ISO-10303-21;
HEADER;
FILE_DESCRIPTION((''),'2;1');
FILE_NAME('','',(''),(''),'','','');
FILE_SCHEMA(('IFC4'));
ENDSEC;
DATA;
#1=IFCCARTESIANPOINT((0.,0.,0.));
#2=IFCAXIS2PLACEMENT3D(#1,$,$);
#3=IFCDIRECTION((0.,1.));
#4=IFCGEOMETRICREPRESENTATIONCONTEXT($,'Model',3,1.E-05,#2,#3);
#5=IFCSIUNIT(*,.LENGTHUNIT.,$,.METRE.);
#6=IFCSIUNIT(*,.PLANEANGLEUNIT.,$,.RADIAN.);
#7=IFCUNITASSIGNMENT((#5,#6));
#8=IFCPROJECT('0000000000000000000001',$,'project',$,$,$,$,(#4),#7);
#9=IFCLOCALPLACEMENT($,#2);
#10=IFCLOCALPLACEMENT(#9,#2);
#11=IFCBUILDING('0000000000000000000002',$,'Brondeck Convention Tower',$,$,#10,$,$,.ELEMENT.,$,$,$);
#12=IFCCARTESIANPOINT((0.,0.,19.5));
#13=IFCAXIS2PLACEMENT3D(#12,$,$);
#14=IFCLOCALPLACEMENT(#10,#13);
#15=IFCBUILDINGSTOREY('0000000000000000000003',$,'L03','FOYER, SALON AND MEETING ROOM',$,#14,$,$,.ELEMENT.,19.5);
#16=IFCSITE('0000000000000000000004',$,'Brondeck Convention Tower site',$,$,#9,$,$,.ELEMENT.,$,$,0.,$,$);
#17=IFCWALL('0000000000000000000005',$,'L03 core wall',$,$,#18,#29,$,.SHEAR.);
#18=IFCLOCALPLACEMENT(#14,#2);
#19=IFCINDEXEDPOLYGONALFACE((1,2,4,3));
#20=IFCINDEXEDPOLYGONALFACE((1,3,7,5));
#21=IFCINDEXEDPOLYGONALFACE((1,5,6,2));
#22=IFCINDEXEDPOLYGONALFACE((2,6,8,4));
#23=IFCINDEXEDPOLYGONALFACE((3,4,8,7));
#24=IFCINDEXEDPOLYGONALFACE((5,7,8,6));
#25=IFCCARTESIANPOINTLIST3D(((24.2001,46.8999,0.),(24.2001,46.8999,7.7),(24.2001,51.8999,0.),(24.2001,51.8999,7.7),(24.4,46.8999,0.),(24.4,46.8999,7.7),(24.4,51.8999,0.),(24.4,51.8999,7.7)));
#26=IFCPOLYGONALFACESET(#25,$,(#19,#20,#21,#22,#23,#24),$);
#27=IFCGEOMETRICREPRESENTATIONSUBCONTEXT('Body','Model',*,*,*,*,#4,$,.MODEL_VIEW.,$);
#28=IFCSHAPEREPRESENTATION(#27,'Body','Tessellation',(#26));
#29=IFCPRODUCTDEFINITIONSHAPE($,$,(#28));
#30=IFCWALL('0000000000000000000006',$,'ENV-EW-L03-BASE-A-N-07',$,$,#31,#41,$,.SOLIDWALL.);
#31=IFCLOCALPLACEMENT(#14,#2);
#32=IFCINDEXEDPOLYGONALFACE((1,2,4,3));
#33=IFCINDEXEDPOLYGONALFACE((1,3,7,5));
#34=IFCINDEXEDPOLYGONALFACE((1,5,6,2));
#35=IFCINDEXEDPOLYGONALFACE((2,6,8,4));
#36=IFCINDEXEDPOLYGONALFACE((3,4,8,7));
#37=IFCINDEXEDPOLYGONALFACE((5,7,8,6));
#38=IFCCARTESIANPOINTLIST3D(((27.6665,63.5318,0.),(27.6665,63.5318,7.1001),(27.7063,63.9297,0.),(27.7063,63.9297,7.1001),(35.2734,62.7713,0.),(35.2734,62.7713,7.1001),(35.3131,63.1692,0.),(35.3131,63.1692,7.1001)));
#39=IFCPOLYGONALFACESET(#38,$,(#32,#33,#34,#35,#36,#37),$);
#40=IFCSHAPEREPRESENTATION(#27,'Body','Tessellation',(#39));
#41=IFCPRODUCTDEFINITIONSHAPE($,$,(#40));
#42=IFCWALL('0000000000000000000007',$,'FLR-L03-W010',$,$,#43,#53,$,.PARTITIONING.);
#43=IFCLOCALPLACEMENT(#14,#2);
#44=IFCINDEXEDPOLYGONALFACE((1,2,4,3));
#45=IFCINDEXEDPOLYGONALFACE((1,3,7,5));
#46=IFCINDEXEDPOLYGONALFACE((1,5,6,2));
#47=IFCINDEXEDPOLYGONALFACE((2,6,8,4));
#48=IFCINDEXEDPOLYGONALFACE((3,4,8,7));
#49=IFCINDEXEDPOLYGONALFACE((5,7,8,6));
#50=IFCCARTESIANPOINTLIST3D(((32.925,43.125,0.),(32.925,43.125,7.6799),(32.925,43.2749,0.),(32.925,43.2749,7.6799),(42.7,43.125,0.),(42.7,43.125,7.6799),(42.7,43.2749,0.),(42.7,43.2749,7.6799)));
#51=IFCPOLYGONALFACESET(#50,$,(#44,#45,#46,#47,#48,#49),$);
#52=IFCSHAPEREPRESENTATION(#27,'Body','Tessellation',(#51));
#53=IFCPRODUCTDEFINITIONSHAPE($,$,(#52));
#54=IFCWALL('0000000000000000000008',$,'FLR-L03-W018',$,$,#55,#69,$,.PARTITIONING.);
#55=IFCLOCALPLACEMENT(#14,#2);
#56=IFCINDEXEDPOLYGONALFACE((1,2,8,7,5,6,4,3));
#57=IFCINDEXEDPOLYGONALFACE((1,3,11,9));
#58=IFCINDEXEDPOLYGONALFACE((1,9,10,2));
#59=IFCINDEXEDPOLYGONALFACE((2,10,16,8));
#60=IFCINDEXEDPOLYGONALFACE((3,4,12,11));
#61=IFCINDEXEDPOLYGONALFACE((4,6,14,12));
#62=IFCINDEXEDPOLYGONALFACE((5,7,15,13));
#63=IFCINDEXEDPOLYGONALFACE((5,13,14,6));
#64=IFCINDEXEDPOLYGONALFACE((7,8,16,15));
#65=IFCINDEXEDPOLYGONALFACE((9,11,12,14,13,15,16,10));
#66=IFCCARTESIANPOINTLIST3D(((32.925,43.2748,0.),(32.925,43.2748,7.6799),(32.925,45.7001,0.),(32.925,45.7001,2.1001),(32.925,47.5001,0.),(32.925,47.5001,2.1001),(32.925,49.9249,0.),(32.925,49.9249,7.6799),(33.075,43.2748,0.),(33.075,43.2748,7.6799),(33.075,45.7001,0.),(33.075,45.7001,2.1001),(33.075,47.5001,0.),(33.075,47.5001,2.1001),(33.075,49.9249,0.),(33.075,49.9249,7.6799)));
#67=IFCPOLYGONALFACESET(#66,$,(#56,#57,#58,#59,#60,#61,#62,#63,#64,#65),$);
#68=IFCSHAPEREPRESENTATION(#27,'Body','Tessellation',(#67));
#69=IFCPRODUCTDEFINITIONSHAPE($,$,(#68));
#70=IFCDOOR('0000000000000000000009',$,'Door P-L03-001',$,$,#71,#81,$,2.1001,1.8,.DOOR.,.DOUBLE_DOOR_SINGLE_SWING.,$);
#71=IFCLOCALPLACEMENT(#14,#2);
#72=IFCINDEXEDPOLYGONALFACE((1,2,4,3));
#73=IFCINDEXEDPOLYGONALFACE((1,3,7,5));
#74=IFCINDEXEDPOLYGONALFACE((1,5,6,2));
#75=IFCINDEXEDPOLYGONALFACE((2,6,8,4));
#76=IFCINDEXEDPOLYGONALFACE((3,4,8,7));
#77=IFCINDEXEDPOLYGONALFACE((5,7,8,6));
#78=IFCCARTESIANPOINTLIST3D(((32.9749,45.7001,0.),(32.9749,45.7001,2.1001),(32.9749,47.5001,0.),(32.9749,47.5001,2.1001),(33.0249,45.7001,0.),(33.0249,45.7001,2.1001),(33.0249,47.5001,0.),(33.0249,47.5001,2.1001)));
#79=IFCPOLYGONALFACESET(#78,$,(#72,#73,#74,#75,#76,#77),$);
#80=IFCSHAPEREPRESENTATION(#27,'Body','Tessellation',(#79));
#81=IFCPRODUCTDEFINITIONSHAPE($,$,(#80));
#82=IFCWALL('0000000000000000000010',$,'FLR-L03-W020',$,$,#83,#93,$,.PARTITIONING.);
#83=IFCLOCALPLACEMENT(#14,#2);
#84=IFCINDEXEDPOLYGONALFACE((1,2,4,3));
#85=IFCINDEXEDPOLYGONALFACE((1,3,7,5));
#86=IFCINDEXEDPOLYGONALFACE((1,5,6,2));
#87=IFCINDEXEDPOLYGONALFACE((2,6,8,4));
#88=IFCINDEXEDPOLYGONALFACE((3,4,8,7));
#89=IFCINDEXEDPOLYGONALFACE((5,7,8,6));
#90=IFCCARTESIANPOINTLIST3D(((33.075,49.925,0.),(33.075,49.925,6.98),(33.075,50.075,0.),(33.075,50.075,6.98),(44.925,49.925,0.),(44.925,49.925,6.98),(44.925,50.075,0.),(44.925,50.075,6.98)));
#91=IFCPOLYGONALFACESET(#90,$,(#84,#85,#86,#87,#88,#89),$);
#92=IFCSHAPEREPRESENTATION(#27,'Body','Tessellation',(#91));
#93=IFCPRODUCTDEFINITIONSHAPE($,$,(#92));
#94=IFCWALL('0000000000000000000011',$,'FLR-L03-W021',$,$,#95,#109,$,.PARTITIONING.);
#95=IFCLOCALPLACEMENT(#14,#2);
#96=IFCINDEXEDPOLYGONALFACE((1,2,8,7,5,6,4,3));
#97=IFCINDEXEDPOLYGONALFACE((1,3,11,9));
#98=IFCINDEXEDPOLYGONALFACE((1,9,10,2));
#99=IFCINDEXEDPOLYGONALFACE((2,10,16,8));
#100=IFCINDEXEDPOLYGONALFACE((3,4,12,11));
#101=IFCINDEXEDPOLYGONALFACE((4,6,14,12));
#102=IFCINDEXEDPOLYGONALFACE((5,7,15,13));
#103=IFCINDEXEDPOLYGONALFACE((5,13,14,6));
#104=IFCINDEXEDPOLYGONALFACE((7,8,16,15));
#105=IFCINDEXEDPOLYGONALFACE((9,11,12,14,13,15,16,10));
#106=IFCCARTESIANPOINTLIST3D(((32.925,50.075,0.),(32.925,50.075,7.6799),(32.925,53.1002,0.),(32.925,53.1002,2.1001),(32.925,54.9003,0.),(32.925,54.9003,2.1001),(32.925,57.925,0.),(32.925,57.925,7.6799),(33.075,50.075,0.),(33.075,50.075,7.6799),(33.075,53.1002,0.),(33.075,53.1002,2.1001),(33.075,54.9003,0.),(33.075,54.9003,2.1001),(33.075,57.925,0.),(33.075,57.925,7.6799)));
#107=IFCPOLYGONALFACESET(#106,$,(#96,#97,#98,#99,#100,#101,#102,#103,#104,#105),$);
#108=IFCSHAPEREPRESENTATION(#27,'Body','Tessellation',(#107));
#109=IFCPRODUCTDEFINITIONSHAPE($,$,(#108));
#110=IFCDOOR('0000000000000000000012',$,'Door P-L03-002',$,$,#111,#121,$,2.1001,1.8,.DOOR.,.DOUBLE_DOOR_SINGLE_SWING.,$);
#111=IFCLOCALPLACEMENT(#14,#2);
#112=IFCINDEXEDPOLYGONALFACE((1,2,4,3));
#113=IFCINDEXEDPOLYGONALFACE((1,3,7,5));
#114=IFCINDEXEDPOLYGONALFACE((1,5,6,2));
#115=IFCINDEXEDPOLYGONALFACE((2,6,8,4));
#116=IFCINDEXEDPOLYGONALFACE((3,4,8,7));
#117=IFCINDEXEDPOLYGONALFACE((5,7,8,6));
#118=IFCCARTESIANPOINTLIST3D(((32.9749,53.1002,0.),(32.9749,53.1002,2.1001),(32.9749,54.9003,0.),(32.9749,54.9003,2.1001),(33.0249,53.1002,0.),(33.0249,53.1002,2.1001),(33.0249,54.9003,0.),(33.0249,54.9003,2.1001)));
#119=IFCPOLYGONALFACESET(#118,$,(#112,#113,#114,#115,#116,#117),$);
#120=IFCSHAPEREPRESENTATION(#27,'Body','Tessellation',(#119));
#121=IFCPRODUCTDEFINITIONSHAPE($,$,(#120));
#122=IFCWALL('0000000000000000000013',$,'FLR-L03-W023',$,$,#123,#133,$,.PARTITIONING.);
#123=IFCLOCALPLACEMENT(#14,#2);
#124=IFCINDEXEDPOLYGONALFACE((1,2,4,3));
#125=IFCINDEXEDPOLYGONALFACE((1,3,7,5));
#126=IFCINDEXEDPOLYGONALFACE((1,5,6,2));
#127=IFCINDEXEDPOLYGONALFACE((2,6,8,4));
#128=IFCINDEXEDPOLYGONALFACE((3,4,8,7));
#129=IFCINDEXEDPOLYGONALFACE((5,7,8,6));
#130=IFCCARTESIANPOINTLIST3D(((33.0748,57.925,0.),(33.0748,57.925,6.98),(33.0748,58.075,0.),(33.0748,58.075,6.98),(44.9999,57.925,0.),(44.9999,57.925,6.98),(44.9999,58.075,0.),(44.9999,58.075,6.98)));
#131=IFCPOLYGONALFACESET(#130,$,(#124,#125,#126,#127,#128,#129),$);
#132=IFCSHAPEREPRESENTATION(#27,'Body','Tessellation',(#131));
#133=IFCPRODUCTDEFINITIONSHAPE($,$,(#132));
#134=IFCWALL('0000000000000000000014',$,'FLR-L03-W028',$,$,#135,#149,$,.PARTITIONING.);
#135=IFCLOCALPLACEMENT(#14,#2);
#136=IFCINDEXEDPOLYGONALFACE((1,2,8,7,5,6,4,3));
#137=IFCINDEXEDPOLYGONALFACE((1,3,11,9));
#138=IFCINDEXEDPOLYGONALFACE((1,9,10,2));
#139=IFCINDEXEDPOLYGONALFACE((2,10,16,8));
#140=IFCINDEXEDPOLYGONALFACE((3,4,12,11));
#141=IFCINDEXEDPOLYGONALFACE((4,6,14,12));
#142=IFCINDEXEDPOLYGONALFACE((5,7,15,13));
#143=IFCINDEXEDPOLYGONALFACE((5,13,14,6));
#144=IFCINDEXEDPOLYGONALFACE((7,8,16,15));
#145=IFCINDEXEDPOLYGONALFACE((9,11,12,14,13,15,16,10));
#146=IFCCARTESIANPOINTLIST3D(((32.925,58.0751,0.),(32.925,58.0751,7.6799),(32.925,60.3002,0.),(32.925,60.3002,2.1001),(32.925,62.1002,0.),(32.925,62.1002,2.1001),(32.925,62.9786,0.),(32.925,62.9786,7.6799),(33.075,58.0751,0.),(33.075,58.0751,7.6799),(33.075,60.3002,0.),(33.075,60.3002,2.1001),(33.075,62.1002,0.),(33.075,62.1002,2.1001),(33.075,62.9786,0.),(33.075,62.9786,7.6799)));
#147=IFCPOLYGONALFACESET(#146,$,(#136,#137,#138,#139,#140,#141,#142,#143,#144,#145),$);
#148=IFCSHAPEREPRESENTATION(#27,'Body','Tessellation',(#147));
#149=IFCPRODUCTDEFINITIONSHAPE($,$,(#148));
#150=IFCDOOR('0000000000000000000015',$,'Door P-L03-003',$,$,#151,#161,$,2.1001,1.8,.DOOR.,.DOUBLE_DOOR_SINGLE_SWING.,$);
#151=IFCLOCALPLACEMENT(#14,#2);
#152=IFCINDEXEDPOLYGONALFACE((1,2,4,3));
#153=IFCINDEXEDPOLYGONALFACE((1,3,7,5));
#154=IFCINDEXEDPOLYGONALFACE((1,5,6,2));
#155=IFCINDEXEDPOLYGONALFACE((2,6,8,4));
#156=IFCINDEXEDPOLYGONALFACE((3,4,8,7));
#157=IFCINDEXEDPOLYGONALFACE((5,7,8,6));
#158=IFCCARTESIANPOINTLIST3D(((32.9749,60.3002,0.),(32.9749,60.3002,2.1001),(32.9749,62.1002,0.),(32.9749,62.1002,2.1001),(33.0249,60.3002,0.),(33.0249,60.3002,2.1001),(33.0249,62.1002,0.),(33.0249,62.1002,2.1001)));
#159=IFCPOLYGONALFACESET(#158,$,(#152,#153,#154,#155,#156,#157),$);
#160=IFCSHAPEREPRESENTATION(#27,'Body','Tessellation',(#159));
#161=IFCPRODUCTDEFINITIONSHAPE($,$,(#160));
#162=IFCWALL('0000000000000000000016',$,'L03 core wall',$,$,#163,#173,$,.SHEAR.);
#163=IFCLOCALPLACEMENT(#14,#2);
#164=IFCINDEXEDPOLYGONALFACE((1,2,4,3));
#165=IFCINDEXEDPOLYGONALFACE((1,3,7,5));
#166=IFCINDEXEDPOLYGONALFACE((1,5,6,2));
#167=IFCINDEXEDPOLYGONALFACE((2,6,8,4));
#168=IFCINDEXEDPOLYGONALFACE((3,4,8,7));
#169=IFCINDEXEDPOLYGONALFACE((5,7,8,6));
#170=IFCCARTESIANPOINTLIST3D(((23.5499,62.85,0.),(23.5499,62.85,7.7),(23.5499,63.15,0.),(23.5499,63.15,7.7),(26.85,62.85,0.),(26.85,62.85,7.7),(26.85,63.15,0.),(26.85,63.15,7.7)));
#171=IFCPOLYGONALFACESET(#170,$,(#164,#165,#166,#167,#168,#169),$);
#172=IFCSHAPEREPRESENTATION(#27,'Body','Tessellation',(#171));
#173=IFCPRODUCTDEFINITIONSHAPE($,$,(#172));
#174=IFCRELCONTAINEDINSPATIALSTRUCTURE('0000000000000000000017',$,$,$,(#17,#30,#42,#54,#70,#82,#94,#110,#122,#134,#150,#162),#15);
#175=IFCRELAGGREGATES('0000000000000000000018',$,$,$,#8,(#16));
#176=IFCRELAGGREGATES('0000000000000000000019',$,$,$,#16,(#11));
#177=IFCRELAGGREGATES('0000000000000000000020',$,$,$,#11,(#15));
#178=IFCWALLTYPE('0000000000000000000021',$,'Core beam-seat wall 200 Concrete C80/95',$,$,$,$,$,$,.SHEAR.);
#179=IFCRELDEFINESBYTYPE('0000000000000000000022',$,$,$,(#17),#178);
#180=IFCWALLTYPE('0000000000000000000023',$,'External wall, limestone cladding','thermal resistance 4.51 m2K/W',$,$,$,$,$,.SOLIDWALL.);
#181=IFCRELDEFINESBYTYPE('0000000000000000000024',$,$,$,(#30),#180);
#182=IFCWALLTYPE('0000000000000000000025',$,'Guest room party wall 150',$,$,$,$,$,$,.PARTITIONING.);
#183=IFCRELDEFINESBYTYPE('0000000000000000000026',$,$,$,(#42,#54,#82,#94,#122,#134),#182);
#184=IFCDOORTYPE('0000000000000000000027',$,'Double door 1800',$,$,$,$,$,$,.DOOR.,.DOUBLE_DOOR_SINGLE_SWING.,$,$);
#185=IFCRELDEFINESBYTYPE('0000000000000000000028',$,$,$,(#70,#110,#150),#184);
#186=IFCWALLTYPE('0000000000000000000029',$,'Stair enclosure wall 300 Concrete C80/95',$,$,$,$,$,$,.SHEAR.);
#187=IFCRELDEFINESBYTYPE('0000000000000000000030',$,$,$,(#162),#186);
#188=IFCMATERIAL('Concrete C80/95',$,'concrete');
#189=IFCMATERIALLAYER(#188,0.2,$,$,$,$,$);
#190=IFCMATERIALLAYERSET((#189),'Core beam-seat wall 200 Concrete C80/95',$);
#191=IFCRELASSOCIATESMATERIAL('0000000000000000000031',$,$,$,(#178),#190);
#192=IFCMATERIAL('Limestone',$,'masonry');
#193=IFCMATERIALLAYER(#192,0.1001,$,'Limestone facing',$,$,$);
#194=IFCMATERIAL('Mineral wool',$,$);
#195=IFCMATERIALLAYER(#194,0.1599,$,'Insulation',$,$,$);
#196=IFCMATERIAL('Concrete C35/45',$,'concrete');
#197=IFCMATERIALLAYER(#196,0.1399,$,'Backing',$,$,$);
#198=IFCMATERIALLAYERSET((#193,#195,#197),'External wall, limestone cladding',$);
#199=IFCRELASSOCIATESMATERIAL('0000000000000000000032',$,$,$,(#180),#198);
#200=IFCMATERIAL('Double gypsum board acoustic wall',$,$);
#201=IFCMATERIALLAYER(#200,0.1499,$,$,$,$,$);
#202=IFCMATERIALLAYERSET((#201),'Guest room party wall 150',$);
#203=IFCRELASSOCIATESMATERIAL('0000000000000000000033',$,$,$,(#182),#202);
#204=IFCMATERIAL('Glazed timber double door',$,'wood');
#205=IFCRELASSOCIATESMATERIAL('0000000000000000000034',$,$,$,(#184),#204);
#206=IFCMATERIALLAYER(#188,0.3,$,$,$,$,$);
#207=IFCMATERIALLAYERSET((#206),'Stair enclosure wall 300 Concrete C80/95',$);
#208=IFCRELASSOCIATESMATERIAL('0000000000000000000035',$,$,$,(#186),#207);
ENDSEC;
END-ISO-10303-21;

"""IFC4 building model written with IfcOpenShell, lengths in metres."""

from ifc_helpers import new_model, si_unit, direction, frame, frame_2d, origin, place, context, subcontext, project, spatial, rectangle, extrude, material, layer, layer_set, type_object, element, fill, save


model = new_model("IFC4")

# Units and contexts
model_context = context("Model", 3, precision=1e-05, world=origin(), true_north=direction((0.0, 1.0)))
body_context = subcontext(model_context, "Body", "Model", "MODEL_VIEW")
ifc_project = project(units=[si_unit("LENGTHUNIT", "METRE"), si_unit("PLANEANGLEUNIT", "RADIAN")], contexts=[model_context])

# Site, building, storey
site_placement = place(None, origin())
site = spatial("IfcSite", under=ifc_project, at=site_placement, Name="Brondeck Convention Tower site", CompositionType="ELEMENT", RefElevation=0.0)
building_placement = place(site_placement, origin())
building = spatial("IfcBuilding", under=site, at=building_placement, Name="Brondeck Convention Tower", CompositionType="ELEMENT")
storey_placement = place(building_placement, frame((0.0, 0.0, 19.5)))
storey = spatial("IfcBuildingStorey", under=building, at=storey_placement, Name="L03", Description="FOYER, SALON AND MEETING ROOM", CompositionType="ELEMENT", Elevation=19.5)

# Shared definitions
ifc_material_1 = material(Name="Concrete C80/95", Category="concrete")

# Walls
ifc_layer_1 = layer(ifc_material_1, 0.2)
ifc_layer_set_1 = layer_set([ifc_layer_1], Name="Core beam-seat wall 200 Concrete C80/95")
wall_type_1 = type_object("IfcWallType", Name="Core beam-seat wall 200 Concrete C80/95", PredefinedType="SHEAR", material=ifc_layer_set_1)
wall_1_placement = place(storey_placement, frame((24.3, 46.8999, 0.0), z_axis=(0.0, 0.0, 1.0), x_axis=(0.0, 1.0, 0.0)))
element("IfcWall", 1, at=wall_1_placement, inside=storey, type_object=wall_type_1, Name="L03 core wall", PredefinedType="SHEAR", context=body_context, shape_type="SweptSolid", body=[
    extrude(rectangle(XDim=5.0, YDim=0.2, at=frame_2d((2.5, 0.0))), origin(), (0.0, 0.0, 1.0), 7.7),
])
ifc_material_2 = material(Name="Limestone", Category="masonry")
ifc_layer_2 = layer(ifc_material_2, 0.1001, Name="Limestone facing")
ifc_material_3 = material(Name="Mineral wool")
ifc_layer_3 = layer(ifc_material_3, 0.1599, Name="Insulation")
ifc_material_4 = material(Name="Concrete C35/45", Category="concrete")
ifc_layer_4 = layer(ifc_material_4, 0.1399, Name="Backing")
ifc_layer_set_2 = layer_set([ifc_layer_2, ifc_layer_3, ifc_layer_4], Name="External wall, limestone cladding")
wall_type_2 = type_object("IfcWallType", Name="External wall, limestone cladding", Description="thermal resistance 4.51 m2K/W", PredefinedType="SOLIDWALL", material=ifc_layer_set_2)
wall_2_placement = place(storey_placement, frame((27.6865, 63.7307, 0.0), z_axis=(0.0, 0.0, 1.0), x_axis=(0.99504, -0.099478, 0.0)))
element("IfcWall", 2, at=wall_2_placement, inside=storey, type_object=wall_type_2, Name="ENV-EW-L03-BASE-A-N-07", PredefinedType="SOLIDWALL", context=body_context, shape_type="SweptSolid", body=[
    extrude(rectangle(XDim=7.6448, YDim=0.3999, at=frame_2d((3.8223, 0.0))), origin(), (0.0, 0.0, 1.0), 7.1001),
])
ifc_material_5 = material(Name="Double gypsum board acoustic wall")
ifc_layer_5 = layer(ifc_material_5, 0.1499)
ifc_layer_set_3 = layer_set([ifc_layer_5], Name="Guest room party wall 150")
wall_type_3 = type_object("IfcWallType", Name="Guest room party wall 150", PredefinedType="PARTITIONING", material=ifc_layer_set_3)
wall_3_placement = place(storey_placement, frame((32.925, 43.2, 0.0), z_axis=(0.0, 0.0, 1.0), x_axis=(1.0, 0.0, 0.0)))
element("IfcWall", 3, at=wall_3_placement, inside=storey, type_object=wall_type_3, Name="FLR-L03-W010", PredefinedType="PARTITIONING", context=body_context, shape_type="SweptSolid", body=[
    extrude(rectangle(XDim=9.7749, YDim=0.1499, at=frame_2d((4.8875, 0.0))), origin(), (0.0, 0.0, 1.0), 7.6799),
])

# Wall, opening, door
wall_4_placement = place(storey_placement, frame((33.0, 49.925, 0.0), z_axis=(0.0, 0.0, 1.0), x_axis=(0.0, -1.0, 0.0)))
wall_4 = element("IfcWall", 4, at=wall_4_placement, inside=storey, type_object=wall_type_3, Name="FLR-L03-W018", PredefinedType="PARTITIONING", context=body_context, shape_type="SweptSolid", body=[
    extrude(rectangle(XDim=6.6501, YDim=0.1499, at=frame_2d((3.3252, 0.0))), origin(), (0.0, 0.0, 1.0), 7.6799),
])
opening_1_placement = place(wall_4_placement, frame((2.425, 0.0, 0.0)))
opening_1 = element("IfcOpeningElement", 5, at=opening_1_placement, cuts=wall_4, PredefinedType="OPENING", context=body_context, shape_type="SweptSolid", body=[
    extrude(rectangle(XDim=1.8, YDim=2.1001, at=frame_2d((0.8999, 1.05))), frame((0.0, 0.085, 0.0), z_axis=(0.0, -1.0, 0.0), x_axis=(1.0, 0.0, 0.0)), (0.0, 0.0, 1.0), 0.1699),
])
ifc_material_6 = material(Name="Glazed timber double door", Category="wood")
door_type_1 = type_object("IfcDoorType", Name="Double door 1800", OperationType="DOUBLE_DOOR_SINGLE_SWING", PredefinedType="DOOR", material=ifc_material_6)
door_1_placement = place(opening_1_placement, origin())
door_1 = element("IfcDoor", 6, at=door_1_placement, inside=storey, type_object=door_type_1, Name="Door P-L03-001", OperationType="DOUBLE_DOOR_SINGLE_SWING", OverallHeight=2.1001, OverallWidth=1.8, PredefinedType="DOOR", context=body_context, shape_type="SweptSolid", body=[
    extrude(rectangle(XDim=1.8, YDim=2.1001, at=frame_2d((0.8999, 1.05))), frame((0.0, 0.0249, 0.0), z_axis=(0.0, -1.0, 0.0), x_axis=(1.0, 0.0, 0.0)), (0.0, 0.0, 1.0), 0.05),
])
fill(opening_1, door_1)

# Wall
wall_5_placement = place(storey_placement, frame((33.075, 50.0, 0.0), z_axis=(0.0, 0.0, 1.0), x_axis=(1.0, 0.0, 0.0)))
element("IfcWall", 7, at=wall_5_placement, inside=storey, type_object=wall_type_3, Name="FLR-L03-W020", PredefinedType="PARTITIONING", context=body_context, shape_type="SweptSolid", body=[
    extrude(rectangle(XDim=11.8501, YDim=0.1499, at=frame_2d((5.925, 0.0))), origin(), (0.0, 0.0, 1.0), 6.98),
])

# Wall, opening, door
wall_6_placement = place(storey_placement, frame((33.0, 57.925, 0.0), z_axis=(0.0, 0.0, 1.0), x_axis=(0.0, -1.0, 0.0)))
wall_6 = element("IfcWall", 8, at=wall_6_placement, inside=storey, type_object=wall_type_3, Name="FLR-L03-W021", PredefinedType="PARTITIONING", context=body_context, shape_type="SweptSolid", body=[
    extrude(rectangle(XDim=7.8501, YDim=0.1499, at=frame_2d((3.925, 0.0))), origin(), (0.0, 0.0, 1.0), 7.6799),
])
opening_2_placement = place(wall_6_placement, frame((3.0249, 0.0, 0.0)))
opening_2 = element("IfcOpeningElement", 9, at=opening_2_placement, cuts=wall_6, PredefinedType="OPENING", context=body_context, shape_type="SweptSolid", body=[
    extrude(rectangle(XDim=1.8, YDim=2.1001, at=frame_2d((0.8999, 1.05))), frame((0.0, 0.085, 0.0), z_axis=(0.0, -1.0, 0.0), x_axis=(1.0, 0.0, 0.0)), (0.0, 0.0, 1.0), 0.1699),
])
door_2_placement = place(opening_2_placement, origin())
door_2 = element("IfcDoor", 10, at=door_2_placement, inside=storey, type_object=door_type_1, Name="Door P-L03-002", OperationType="DOUBLE_DOOR_SINGLE_SWING", OverallHeight=2.1001, OverallWidth=1.8, PredefinedType="DOOR", context=body_context, shape_type="SweptSolid", body=[
    extrude(rectangle(XDim=1.8, YDim=2.1001, at=frame_2d((0.8999, 1.05))), frame((0.0, 0.0249, 0.0), z_axis=(0.0, -1.0, 0.0), x_axis=(1.0, 0.0, 0.0)), (0.0, 0.0, 1.0), 0.05),
])
fill(opening_2, door_2)

# Wall
wall_7_placement = place(storey_placement, frame((33.075, 58.0, 0.0), z_axis=(0.0, 0.0, 1.0), x_axis=(1.0, 0.0, 0.0)))
element("IfcWall", 11, at=wall_7_placement, inside=storey, type_object=wall_type_3, Name="FLR-L03-W023", PredefinedType="PARTITIONING", context=body_context, shape_type="SweptSolid", body=[
    extrude(rectangle(XDim=11.925, YDim=0.1499, at=frame_2d((5.9624, 0.0))), origin(), (0.0, 0.0, 1.0), 6.98),
])

# Wall, opening, door
wall_8_placement = place(storey_placement, frame((33.0, 62.9785, 0.0), z_axis=(0.0, 0.0, 1.0), x_axis=(0.0, -1.0, 0.0)))
wall_8 = element("IfcWall", 12, at=wall_8_placement, inside=storey, type_object=wall_type_3, Name="FLR-L03-W028", PredefinedType="PARTITIONING", context=body_context, shape_type="SweptSolid", body=[
    extrude(rectangle(XDim=4.9036, YDim=0.1499, at=frame_2d((2.4517, 0.0))), origin(), (0.0, 0.0, 1.0), 7.6799),
])
opening_3_placement = place(wall_8_placement, frame((0.8784, 0.0, 0.0)))
opening_3 = element("IfcOpeningElement", 13, at=opening_3_placement, cuts=wall_8, PredefinedType="OPENING", context=body_context, shape_type="SweptSolid", body=[
    extrude(rectangle(XDim=1.8, YDim=2.1001, at=frame_2d((0.8999, 1.05))), frame((0.0, 0.085, 0.0), z_axis=(0.0, -1.0, 0.0), x_axis=(1.0, 0.0, 0.0)), (0.0, 0.0, 1.0), 0.1699),
])
door_3_placement = place(opening_3_placement, origin())
door_3 = element("IfcDoor", 14, at=door_3_placement, inside=storey, type_object=door_type_1, Name="Door P-L03-003", OperationType="DOUBLE_DOOR_SINGLE_SWING", OverallHeight=2.1001, OverallWidth=1.8, PredefinedType="DOOR", context=body_context, shape_type="SweptSolid", body=[
    extrude(rectangle(XDim=1.8, YDim=2.1001, at=frame_2d((0.8999, 1.05))), frame((0.0, 0.0249, 0.0), z_axis=(0.0, -1.0, 0.0), x_axis=(1.0, 0.0, 0.0)), (0.0, 0.0, 1.0), 0.05),
])
fill(opening_3, door_3)

# Wall
ifc_layer_6 = layer(ifc_material_1, 0.3)
ifc_layer_set_4 = layer_set([ifc_layer_6], Name="Stair enclosure wall 300 Concrete C80/95")
wall_type_4 = type_object("IfcWallType", Name="Stair enclosure wall 300 Concrete C80/95", PredefinedType="SHEAR", material=ifc_layer_set_4)
wall_9_placement = place(storey_placement, frame((23.55, 63.0, 0.0), z_axis=(0.0, 0.0, 1.0), x_axis=(1.0, 0.0, 0.0)))
element("IfcWall", 15, at=wall_9_placement, inside=storey, type_object=wall_type_4, Name="L03 core wall", PredefinedType="SHEAR", context=body_context, shape_type="SweptSolid", body=[
    extrude(rectangle(XDim=3.3, YDim=0.3, at=frame_2d((1.6499, 0.0))), origin(), (0.0, 0.0, 1.0), 7.7),
])

save(model, "model.ifc")
